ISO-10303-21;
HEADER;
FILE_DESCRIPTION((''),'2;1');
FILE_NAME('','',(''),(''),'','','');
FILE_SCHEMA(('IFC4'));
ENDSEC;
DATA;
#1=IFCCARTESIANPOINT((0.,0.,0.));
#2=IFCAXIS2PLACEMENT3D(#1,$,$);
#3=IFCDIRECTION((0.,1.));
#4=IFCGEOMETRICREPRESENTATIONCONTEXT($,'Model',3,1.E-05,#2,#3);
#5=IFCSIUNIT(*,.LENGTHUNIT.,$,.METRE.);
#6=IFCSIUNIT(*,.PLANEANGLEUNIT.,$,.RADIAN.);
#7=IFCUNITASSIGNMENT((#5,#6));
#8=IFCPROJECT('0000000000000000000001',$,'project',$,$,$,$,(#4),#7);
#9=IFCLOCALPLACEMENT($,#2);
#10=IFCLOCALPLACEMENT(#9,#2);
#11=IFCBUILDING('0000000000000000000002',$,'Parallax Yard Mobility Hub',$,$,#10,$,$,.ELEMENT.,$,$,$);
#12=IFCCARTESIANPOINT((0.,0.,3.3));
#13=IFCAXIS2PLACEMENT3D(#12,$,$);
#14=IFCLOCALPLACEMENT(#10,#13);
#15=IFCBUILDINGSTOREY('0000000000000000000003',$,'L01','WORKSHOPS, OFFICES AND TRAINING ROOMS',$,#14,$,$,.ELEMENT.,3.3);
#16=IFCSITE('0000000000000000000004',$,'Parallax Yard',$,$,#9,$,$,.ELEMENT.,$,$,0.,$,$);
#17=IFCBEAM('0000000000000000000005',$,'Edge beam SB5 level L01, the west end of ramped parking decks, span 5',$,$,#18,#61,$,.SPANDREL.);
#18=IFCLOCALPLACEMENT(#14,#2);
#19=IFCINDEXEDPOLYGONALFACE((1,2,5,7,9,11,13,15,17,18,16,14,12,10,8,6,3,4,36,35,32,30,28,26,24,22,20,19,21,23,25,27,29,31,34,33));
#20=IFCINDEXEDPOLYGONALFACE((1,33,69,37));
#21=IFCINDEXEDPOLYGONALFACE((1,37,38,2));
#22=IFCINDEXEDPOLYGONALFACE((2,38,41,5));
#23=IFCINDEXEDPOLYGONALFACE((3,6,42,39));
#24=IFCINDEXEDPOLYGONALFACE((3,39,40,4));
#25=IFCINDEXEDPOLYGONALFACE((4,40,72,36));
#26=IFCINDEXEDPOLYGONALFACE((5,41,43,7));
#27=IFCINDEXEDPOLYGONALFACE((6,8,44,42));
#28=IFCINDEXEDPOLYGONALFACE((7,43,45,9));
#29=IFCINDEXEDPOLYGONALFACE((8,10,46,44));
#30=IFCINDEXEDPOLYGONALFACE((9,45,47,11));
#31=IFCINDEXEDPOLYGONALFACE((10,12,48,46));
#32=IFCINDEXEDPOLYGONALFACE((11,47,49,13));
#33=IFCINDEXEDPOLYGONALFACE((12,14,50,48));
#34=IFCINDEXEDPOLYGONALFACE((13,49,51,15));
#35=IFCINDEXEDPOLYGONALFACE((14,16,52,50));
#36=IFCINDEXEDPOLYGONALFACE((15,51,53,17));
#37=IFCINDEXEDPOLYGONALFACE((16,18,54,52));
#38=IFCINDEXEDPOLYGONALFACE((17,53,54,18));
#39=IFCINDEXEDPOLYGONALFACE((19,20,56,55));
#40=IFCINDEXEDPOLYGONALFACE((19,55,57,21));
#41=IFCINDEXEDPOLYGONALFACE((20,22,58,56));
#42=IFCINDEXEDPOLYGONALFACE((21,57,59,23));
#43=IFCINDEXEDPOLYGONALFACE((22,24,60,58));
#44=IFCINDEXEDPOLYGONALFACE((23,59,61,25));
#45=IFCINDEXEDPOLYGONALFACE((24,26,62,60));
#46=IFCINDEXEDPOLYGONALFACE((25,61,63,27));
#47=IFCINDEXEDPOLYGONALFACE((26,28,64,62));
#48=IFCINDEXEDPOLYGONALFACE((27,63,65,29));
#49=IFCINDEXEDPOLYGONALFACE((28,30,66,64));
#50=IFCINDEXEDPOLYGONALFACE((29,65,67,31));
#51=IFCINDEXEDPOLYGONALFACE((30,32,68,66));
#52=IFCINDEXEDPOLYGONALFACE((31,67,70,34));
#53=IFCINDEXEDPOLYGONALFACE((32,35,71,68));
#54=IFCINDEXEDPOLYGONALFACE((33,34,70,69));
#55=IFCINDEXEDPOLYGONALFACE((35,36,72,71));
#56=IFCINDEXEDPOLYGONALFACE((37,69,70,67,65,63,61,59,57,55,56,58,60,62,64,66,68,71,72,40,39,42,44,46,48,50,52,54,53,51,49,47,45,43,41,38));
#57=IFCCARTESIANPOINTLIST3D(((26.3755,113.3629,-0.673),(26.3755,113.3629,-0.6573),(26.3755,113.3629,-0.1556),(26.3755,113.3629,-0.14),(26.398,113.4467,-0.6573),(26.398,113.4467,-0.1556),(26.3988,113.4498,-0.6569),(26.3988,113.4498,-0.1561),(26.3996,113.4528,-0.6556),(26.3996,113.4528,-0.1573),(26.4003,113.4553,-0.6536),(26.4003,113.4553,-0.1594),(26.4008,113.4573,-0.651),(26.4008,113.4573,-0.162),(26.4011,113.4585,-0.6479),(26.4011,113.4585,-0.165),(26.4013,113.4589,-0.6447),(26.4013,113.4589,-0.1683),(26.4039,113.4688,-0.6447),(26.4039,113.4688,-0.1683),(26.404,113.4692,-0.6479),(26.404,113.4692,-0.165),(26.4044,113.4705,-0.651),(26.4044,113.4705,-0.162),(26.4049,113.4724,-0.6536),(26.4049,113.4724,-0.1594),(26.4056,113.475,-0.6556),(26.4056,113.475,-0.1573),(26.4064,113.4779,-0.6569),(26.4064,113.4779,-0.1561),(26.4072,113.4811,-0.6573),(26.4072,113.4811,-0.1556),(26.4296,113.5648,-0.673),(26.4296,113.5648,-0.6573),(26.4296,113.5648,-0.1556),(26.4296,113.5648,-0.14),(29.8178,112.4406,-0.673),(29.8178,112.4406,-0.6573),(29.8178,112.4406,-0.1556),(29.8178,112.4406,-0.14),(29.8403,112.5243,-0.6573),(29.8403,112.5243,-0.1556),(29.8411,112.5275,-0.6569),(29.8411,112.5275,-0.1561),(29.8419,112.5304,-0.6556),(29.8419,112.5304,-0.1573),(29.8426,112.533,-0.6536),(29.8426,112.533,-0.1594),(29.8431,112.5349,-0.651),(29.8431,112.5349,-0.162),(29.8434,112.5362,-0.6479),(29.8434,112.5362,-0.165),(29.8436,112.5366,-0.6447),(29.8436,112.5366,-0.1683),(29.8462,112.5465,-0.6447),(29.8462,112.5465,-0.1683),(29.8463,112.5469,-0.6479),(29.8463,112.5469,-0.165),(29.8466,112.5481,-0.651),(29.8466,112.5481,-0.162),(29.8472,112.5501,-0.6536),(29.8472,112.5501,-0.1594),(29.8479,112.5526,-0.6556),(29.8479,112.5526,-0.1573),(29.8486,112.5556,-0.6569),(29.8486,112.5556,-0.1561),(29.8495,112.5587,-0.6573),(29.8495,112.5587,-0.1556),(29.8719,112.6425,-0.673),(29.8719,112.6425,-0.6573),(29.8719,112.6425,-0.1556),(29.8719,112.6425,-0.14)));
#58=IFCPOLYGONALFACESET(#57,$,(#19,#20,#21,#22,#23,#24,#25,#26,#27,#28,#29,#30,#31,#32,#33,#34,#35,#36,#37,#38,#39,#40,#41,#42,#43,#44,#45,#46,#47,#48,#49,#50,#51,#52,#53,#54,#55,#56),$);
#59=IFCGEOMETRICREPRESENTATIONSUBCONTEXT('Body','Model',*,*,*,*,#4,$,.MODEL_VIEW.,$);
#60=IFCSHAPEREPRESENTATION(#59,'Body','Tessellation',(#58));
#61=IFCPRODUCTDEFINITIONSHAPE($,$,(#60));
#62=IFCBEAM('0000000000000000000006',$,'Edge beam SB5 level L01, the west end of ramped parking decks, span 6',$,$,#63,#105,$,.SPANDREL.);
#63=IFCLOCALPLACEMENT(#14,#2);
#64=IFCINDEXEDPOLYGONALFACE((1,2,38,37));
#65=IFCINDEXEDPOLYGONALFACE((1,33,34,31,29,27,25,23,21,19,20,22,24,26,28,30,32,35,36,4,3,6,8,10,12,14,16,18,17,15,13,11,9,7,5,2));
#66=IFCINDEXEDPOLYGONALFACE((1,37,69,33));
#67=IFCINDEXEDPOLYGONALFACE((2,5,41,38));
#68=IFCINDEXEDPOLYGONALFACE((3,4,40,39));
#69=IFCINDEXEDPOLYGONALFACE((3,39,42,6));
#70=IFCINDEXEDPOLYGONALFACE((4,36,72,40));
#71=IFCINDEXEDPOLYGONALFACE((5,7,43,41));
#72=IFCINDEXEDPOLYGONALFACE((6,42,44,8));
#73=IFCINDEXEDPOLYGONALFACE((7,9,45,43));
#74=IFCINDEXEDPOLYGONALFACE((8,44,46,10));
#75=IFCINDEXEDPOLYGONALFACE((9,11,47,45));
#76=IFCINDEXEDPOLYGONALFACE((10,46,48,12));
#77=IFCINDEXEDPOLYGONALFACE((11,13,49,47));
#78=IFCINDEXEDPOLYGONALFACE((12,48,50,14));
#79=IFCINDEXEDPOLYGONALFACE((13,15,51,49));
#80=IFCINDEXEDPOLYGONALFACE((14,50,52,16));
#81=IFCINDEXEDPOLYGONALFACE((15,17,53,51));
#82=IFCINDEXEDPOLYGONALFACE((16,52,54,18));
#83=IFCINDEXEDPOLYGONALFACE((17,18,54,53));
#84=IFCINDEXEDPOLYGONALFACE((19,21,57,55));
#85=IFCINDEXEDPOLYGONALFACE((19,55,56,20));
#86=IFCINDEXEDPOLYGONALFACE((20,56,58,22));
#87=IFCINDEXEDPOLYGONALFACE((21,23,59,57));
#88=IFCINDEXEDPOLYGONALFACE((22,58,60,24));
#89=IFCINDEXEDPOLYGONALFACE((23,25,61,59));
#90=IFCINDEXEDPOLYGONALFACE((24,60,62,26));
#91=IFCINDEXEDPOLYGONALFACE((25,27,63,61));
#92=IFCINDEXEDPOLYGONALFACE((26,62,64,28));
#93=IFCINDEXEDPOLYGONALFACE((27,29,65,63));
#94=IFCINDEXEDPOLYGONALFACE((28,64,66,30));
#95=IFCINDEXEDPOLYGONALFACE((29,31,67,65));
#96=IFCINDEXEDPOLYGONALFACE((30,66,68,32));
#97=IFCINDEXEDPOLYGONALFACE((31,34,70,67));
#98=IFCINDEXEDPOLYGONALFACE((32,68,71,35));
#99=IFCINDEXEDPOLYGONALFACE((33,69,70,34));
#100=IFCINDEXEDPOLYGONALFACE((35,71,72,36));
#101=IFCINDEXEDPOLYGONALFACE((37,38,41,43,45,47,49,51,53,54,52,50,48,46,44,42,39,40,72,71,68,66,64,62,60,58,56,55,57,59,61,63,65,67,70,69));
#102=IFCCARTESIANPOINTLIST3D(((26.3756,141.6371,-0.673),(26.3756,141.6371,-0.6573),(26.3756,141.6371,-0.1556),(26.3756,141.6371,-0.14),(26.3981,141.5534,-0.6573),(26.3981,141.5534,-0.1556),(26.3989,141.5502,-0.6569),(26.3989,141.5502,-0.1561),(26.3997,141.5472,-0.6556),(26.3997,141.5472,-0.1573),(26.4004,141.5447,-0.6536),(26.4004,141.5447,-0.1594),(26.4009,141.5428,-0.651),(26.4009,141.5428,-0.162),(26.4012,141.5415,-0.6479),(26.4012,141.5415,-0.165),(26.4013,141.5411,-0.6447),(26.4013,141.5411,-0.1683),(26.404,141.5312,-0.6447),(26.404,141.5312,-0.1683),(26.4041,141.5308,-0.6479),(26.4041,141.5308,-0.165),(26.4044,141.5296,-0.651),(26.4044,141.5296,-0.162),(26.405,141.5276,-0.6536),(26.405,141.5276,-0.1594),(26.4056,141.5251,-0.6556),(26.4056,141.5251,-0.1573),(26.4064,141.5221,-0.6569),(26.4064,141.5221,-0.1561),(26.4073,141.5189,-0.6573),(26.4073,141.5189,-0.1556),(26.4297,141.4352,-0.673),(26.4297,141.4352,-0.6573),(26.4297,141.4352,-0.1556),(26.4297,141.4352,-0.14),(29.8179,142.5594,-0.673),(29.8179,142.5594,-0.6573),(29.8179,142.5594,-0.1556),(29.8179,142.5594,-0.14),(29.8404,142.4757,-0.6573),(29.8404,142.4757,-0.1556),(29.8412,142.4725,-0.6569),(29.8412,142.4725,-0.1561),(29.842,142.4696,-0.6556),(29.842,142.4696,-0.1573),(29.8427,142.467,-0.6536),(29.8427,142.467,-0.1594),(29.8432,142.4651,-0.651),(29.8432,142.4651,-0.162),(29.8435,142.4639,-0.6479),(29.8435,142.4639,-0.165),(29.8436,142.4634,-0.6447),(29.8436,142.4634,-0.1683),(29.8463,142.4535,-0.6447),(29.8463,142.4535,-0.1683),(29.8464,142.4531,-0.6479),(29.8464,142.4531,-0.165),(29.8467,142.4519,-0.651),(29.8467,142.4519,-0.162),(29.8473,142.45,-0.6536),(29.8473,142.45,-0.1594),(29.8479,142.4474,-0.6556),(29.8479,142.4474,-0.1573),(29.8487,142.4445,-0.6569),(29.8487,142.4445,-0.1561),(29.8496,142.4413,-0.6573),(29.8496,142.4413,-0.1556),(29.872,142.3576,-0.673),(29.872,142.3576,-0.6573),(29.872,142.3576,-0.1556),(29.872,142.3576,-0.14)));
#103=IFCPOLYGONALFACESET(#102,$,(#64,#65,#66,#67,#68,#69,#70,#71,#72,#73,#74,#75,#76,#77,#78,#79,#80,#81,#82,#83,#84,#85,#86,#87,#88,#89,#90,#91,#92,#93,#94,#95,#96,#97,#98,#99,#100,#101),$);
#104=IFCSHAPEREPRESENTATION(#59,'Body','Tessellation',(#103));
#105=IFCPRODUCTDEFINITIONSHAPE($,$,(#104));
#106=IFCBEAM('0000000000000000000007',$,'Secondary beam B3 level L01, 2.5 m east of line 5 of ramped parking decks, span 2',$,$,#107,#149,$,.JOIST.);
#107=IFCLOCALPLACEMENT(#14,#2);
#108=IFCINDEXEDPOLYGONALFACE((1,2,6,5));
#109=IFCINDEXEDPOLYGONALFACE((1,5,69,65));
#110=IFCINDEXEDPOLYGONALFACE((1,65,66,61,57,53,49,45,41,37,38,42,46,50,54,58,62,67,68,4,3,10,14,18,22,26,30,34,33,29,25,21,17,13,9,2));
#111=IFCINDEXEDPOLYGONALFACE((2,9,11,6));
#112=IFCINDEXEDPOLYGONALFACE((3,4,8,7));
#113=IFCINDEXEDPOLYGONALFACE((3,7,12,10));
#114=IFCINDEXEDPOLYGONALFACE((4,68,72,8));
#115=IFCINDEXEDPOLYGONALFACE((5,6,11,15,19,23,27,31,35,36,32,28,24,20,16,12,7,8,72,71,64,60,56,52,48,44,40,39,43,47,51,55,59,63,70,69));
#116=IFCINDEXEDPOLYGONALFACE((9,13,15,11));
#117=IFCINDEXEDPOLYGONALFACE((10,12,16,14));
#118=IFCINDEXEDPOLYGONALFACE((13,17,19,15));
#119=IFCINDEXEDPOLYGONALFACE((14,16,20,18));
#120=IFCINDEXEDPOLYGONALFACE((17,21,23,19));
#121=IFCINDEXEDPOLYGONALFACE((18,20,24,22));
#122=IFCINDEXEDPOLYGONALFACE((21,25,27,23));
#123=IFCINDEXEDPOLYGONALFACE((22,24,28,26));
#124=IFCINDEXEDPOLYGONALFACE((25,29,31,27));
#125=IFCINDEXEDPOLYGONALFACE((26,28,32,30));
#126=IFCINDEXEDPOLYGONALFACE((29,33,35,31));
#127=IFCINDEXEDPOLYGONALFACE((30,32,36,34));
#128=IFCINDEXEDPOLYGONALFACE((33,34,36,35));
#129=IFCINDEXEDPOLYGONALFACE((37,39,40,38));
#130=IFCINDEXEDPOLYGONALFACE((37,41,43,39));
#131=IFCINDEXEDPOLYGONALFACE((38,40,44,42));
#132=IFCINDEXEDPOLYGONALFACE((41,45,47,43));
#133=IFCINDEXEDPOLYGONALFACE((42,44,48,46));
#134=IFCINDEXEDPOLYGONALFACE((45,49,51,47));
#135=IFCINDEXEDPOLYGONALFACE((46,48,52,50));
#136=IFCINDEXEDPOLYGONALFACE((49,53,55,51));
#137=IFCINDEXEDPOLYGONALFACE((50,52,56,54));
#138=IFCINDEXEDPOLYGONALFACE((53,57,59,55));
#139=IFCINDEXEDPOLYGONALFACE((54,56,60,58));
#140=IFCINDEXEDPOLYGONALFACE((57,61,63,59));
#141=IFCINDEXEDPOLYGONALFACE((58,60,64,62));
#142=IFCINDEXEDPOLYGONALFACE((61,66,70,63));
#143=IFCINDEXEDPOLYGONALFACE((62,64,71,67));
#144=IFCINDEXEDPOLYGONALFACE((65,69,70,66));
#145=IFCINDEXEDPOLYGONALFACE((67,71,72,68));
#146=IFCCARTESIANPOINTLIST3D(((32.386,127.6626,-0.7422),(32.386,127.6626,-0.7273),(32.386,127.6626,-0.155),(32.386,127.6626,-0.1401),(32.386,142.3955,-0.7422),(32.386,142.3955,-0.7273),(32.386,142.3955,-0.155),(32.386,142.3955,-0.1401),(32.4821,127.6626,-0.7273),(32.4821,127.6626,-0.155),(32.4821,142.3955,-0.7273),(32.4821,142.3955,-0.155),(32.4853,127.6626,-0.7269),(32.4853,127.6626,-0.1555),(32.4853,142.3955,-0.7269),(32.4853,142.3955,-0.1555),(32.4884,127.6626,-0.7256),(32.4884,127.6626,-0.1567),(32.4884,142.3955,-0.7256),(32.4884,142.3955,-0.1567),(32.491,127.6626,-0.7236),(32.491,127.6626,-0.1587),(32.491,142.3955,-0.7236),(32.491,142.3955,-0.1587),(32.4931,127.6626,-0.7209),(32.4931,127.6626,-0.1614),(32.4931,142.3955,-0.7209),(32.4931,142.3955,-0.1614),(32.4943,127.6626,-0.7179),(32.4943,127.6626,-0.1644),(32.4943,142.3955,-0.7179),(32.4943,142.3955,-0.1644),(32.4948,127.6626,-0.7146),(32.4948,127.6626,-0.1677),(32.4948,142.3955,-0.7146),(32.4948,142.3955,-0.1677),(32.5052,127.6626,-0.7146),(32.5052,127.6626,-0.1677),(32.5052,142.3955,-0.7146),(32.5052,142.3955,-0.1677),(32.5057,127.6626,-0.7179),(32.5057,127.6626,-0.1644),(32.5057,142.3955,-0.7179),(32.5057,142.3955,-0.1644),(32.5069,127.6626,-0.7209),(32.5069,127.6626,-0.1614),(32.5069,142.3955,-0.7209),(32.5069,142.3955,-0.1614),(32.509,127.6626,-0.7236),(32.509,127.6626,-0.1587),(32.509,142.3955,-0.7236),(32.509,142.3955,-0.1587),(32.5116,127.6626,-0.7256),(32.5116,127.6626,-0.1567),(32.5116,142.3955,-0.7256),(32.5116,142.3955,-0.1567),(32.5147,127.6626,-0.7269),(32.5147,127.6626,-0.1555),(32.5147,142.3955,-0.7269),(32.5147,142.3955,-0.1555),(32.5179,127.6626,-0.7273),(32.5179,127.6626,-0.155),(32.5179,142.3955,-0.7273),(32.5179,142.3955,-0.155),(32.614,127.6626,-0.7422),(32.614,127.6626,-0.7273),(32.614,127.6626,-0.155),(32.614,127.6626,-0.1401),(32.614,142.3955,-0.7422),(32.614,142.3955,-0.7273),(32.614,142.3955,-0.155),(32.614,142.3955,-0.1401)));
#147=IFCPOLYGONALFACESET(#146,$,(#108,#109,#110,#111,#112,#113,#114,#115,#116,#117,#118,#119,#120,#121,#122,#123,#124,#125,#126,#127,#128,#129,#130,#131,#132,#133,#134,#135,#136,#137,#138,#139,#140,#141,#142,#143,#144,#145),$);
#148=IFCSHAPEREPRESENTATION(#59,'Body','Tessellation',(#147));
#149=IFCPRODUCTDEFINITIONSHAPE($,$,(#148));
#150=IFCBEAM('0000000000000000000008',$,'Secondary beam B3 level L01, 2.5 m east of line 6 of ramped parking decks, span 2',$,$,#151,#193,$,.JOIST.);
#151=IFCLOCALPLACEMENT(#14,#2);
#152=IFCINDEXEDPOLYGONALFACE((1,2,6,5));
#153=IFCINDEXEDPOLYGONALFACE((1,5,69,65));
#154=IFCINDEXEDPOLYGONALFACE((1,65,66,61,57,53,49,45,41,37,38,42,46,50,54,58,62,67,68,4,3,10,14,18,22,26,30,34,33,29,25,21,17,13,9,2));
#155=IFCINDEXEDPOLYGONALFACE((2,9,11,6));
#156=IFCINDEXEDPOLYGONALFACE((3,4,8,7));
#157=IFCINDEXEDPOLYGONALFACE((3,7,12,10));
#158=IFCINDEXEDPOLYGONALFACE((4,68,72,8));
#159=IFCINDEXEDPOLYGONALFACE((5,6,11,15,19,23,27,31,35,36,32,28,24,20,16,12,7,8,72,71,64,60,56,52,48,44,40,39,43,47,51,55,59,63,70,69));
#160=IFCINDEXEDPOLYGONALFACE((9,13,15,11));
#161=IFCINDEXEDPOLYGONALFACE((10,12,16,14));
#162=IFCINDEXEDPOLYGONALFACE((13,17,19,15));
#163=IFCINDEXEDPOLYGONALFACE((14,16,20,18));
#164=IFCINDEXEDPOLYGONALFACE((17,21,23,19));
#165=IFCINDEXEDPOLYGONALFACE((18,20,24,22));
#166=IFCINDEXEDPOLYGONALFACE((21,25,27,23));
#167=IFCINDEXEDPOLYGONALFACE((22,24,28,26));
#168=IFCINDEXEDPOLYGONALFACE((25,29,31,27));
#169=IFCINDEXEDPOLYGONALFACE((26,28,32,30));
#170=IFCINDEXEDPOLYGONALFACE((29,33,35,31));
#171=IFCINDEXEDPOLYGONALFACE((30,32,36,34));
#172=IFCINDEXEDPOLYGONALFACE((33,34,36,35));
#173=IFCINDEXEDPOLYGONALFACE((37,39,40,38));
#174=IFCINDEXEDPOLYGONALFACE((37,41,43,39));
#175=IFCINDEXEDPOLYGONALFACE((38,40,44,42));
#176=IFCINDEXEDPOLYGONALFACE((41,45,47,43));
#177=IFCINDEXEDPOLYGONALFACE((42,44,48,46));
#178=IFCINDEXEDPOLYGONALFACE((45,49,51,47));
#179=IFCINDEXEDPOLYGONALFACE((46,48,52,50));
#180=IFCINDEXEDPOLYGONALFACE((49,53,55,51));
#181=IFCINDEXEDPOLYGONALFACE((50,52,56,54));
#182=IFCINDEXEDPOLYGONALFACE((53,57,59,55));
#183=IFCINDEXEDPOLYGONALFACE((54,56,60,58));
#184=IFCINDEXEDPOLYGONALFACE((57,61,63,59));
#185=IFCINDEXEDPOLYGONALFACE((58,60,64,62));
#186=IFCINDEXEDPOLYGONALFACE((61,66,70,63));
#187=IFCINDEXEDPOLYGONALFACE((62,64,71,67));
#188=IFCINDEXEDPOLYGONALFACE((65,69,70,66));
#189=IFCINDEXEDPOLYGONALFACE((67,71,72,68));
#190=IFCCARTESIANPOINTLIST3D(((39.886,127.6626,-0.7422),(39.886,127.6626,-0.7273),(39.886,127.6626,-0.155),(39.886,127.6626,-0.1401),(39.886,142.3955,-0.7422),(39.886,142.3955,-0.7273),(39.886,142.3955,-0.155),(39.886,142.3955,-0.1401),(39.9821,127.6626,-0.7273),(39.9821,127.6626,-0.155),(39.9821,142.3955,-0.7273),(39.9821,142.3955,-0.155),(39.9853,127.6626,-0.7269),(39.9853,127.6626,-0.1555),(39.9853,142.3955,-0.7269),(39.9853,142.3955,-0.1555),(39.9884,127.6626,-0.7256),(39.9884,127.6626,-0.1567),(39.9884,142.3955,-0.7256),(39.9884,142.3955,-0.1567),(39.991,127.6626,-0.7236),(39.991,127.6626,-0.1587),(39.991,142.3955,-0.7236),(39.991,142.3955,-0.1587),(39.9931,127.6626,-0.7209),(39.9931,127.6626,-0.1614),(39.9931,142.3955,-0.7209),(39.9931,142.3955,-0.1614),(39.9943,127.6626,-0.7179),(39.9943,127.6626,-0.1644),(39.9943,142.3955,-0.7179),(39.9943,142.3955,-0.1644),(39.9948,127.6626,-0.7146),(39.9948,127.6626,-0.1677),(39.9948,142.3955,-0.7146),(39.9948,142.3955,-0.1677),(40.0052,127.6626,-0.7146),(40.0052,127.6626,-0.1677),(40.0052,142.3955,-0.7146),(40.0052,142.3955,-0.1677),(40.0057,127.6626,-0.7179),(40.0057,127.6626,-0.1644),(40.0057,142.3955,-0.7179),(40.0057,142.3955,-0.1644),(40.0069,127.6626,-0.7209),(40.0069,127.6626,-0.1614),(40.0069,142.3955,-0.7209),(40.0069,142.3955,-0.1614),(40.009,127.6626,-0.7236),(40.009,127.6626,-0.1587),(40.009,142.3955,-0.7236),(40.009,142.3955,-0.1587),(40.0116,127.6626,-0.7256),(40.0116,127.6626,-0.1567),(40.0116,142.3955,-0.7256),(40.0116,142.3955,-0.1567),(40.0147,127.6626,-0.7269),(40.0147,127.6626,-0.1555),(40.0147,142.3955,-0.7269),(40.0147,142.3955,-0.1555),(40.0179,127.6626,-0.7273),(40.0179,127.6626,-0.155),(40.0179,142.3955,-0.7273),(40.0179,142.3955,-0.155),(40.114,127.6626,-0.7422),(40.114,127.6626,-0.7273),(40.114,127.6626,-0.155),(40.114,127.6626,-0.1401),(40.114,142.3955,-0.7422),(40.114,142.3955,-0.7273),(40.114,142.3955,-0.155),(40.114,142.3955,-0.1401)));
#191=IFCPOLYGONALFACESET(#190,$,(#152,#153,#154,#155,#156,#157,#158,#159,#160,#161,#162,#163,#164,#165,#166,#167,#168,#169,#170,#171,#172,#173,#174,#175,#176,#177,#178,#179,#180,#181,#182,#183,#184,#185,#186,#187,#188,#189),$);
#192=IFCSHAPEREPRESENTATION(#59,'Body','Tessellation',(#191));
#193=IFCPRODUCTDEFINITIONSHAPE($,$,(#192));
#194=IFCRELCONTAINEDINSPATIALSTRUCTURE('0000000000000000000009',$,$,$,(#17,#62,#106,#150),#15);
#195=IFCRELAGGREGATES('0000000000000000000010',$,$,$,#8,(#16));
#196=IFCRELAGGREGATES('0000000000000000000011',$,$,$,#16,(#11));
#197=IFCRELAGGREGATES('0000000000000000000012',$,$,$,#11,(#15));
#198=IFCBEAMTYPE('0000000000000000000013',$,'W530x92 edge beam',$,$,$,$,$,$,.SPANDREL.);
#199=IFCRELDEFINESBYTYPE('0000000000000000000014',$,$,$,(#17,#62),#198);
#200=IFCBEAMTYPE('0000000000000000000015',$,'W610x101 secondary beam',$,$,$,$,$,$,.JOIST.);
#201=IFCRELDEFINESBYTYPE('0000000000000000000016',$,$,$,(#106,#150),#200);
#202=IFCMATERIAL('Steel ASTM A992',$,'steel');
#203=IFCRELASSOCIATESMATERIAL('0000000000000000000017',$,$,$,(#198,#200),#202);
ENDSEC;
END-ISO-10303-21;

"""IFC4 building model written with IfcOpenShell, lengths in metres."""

from ifc_helpers import new_model, si_unit, direction, frame, origin, origin_2d, place, context, subcontext, project, spatial, i_section, extrude, material, material_profile, profile_set, type_object, element, save


model = new_model("IFC4")

# Units and contexts
model_context = context("Model", 3, precision=1e-05, world=origin(), true_north=direction((0.0, 1.0)))
body_context = subcontext(model_context, "Body", "Model", "MODEL_VIEW")
ifc_project = project(units=[si_unit("LENGTHUNIT", "METRE"), si_unit("PLANEANGLEUNIT", "RADIAN")], contexts=[model_context])

# Site, building, storey
site_placement = place(None, origin())
site = spatial("IfcSite", under=ifc_project, at=site_placement, Name="Parallax Yard", CompositionType="ELEMENT", RefElevation=0.0)
building_placement = place(site_placement, origin())
building = spatial("IfcBuilding", under=site, at=building_placement, Name="Parallax Yard Mobility Hub", CompositionType="ELEMENT")
storey_placement = place(building_placement, frame((0.0, 0.0, 3.3)))
storey = spatial("IfcBuildingStorey", under=building, at=storey_placement, Name="L01", Description="WORKSHOPS, OFFICES AND TRAINING ROOMS", CompositionType="ELEMENT", Elevation=3.3)

# Shared definitions
ifc_material_1 = material(Name="Steel ASTM A992", Category="steel")

# Beams
ifc_material_profile_1 = material_profile(ifc_material_1, i_section(OverallWidth=0.209, OverallDepth=0.533, WebThickness=0.0103, FlangeThickness=0.0156, FilletRadius=0.0127, at=origin_2d()), Name="W530x92")
ifc_profile_set_1 = profile_set([ifc_material_profile_1], Name="Steel ASTM A992")
beam_type_1 = type_object("IfcBeamType", Name="W530x92 edge beam", PredefinedType="SPANDREL", material=ifc_profile_set_1)
for number, where, z_axis, x_axis, name in (
    (1, (26.4026, 113.4639, -0.4065), (0.965927, -0.258814, 0.0), (0.258814, 0.965927, 0.0), "Edge beam SB5 level L01, the west end of ramped parking decks, span 5"),
    (2, (29.845, 142.4585, -0.4065), (-0.965927, -0.258814, 0.0), (0.258814, -0.965927, 0.0), "Edge beam SB5 level L01, the west end of ramped parking decks, span 6"),
):
    element("IfcBeam", number, at=place(storey_placement, frame(where, z_axis=z_axis, x_axis=x_axis)), inside=storey, type_object=beam_type_1, Name=name, PredefinedType="SPANDREL", context=body_context, shape_type="SweptSolid", body=[
        extrude(i_section(OverallWidth=0.209, OverallDepth=0.533, WebThickness=0.0103, FlangeThickness=0.0156, FilletRadius=0.0127, at=origin_2d()), origin(), (0.0, 0.0, 1.0), 3.5637),
    ])
ifc_material_profile_2 = material_profile(ifc_material_1, i_section(OverallWidth=0.228, OverallDepth=0.6021, WebThickness=0.0105, FlangeThickness=0.0149, FilletRadius=0.0127, at=origin_2d()), Name="W610x101")
ifc_profile_set_2 = profile_set([ifc_material_profile_2], Name="Steel ASTM A992")
beam_type_2 = type_object("IfcBeamType", Name="W610x101 secondary beam", PredefinedType="JOIST", material=ifc_profile_set_2)
for number, where, z_axis, x_axis, name in (
    (3, (32.5, 127.6626, -0.4412), (0.0, 1.0, 0.0), (-1.0, 0.0, 0.0), "Secondary beam B3 level L01, 2.5 m east of line 5 of ramped parking decks, span 2"),
    (4, (40.0, 127.6626, -0.4412), (0.0, 1.0, 0.0), (-1.0, 0.0, 0.0), "Secondary beam B3 level L01, 2.5 m east of line 6 of ramped parking decks, span 2"),
):
    element("IfcBeam", number, at=place(storey_placement, frame(where, z_axis=z_axis, x_axis=x_axis)), inside=storey, type_object=beam_type_2, Name=name, PredefinedType="JOIST", context=body_context, shape_type="SweptSolid", body=[
        extrude(i_section(OverallWidth=0.228, OverallDepth=0.6021, WebThickness=0.0105, FlangeThickness=0.0149, FilletRadius=0.0127, at=origin_2d()), origin(), (0.0, 0.0, 1.0), 14.7329),
    ])

save(model, "model.ifc")
